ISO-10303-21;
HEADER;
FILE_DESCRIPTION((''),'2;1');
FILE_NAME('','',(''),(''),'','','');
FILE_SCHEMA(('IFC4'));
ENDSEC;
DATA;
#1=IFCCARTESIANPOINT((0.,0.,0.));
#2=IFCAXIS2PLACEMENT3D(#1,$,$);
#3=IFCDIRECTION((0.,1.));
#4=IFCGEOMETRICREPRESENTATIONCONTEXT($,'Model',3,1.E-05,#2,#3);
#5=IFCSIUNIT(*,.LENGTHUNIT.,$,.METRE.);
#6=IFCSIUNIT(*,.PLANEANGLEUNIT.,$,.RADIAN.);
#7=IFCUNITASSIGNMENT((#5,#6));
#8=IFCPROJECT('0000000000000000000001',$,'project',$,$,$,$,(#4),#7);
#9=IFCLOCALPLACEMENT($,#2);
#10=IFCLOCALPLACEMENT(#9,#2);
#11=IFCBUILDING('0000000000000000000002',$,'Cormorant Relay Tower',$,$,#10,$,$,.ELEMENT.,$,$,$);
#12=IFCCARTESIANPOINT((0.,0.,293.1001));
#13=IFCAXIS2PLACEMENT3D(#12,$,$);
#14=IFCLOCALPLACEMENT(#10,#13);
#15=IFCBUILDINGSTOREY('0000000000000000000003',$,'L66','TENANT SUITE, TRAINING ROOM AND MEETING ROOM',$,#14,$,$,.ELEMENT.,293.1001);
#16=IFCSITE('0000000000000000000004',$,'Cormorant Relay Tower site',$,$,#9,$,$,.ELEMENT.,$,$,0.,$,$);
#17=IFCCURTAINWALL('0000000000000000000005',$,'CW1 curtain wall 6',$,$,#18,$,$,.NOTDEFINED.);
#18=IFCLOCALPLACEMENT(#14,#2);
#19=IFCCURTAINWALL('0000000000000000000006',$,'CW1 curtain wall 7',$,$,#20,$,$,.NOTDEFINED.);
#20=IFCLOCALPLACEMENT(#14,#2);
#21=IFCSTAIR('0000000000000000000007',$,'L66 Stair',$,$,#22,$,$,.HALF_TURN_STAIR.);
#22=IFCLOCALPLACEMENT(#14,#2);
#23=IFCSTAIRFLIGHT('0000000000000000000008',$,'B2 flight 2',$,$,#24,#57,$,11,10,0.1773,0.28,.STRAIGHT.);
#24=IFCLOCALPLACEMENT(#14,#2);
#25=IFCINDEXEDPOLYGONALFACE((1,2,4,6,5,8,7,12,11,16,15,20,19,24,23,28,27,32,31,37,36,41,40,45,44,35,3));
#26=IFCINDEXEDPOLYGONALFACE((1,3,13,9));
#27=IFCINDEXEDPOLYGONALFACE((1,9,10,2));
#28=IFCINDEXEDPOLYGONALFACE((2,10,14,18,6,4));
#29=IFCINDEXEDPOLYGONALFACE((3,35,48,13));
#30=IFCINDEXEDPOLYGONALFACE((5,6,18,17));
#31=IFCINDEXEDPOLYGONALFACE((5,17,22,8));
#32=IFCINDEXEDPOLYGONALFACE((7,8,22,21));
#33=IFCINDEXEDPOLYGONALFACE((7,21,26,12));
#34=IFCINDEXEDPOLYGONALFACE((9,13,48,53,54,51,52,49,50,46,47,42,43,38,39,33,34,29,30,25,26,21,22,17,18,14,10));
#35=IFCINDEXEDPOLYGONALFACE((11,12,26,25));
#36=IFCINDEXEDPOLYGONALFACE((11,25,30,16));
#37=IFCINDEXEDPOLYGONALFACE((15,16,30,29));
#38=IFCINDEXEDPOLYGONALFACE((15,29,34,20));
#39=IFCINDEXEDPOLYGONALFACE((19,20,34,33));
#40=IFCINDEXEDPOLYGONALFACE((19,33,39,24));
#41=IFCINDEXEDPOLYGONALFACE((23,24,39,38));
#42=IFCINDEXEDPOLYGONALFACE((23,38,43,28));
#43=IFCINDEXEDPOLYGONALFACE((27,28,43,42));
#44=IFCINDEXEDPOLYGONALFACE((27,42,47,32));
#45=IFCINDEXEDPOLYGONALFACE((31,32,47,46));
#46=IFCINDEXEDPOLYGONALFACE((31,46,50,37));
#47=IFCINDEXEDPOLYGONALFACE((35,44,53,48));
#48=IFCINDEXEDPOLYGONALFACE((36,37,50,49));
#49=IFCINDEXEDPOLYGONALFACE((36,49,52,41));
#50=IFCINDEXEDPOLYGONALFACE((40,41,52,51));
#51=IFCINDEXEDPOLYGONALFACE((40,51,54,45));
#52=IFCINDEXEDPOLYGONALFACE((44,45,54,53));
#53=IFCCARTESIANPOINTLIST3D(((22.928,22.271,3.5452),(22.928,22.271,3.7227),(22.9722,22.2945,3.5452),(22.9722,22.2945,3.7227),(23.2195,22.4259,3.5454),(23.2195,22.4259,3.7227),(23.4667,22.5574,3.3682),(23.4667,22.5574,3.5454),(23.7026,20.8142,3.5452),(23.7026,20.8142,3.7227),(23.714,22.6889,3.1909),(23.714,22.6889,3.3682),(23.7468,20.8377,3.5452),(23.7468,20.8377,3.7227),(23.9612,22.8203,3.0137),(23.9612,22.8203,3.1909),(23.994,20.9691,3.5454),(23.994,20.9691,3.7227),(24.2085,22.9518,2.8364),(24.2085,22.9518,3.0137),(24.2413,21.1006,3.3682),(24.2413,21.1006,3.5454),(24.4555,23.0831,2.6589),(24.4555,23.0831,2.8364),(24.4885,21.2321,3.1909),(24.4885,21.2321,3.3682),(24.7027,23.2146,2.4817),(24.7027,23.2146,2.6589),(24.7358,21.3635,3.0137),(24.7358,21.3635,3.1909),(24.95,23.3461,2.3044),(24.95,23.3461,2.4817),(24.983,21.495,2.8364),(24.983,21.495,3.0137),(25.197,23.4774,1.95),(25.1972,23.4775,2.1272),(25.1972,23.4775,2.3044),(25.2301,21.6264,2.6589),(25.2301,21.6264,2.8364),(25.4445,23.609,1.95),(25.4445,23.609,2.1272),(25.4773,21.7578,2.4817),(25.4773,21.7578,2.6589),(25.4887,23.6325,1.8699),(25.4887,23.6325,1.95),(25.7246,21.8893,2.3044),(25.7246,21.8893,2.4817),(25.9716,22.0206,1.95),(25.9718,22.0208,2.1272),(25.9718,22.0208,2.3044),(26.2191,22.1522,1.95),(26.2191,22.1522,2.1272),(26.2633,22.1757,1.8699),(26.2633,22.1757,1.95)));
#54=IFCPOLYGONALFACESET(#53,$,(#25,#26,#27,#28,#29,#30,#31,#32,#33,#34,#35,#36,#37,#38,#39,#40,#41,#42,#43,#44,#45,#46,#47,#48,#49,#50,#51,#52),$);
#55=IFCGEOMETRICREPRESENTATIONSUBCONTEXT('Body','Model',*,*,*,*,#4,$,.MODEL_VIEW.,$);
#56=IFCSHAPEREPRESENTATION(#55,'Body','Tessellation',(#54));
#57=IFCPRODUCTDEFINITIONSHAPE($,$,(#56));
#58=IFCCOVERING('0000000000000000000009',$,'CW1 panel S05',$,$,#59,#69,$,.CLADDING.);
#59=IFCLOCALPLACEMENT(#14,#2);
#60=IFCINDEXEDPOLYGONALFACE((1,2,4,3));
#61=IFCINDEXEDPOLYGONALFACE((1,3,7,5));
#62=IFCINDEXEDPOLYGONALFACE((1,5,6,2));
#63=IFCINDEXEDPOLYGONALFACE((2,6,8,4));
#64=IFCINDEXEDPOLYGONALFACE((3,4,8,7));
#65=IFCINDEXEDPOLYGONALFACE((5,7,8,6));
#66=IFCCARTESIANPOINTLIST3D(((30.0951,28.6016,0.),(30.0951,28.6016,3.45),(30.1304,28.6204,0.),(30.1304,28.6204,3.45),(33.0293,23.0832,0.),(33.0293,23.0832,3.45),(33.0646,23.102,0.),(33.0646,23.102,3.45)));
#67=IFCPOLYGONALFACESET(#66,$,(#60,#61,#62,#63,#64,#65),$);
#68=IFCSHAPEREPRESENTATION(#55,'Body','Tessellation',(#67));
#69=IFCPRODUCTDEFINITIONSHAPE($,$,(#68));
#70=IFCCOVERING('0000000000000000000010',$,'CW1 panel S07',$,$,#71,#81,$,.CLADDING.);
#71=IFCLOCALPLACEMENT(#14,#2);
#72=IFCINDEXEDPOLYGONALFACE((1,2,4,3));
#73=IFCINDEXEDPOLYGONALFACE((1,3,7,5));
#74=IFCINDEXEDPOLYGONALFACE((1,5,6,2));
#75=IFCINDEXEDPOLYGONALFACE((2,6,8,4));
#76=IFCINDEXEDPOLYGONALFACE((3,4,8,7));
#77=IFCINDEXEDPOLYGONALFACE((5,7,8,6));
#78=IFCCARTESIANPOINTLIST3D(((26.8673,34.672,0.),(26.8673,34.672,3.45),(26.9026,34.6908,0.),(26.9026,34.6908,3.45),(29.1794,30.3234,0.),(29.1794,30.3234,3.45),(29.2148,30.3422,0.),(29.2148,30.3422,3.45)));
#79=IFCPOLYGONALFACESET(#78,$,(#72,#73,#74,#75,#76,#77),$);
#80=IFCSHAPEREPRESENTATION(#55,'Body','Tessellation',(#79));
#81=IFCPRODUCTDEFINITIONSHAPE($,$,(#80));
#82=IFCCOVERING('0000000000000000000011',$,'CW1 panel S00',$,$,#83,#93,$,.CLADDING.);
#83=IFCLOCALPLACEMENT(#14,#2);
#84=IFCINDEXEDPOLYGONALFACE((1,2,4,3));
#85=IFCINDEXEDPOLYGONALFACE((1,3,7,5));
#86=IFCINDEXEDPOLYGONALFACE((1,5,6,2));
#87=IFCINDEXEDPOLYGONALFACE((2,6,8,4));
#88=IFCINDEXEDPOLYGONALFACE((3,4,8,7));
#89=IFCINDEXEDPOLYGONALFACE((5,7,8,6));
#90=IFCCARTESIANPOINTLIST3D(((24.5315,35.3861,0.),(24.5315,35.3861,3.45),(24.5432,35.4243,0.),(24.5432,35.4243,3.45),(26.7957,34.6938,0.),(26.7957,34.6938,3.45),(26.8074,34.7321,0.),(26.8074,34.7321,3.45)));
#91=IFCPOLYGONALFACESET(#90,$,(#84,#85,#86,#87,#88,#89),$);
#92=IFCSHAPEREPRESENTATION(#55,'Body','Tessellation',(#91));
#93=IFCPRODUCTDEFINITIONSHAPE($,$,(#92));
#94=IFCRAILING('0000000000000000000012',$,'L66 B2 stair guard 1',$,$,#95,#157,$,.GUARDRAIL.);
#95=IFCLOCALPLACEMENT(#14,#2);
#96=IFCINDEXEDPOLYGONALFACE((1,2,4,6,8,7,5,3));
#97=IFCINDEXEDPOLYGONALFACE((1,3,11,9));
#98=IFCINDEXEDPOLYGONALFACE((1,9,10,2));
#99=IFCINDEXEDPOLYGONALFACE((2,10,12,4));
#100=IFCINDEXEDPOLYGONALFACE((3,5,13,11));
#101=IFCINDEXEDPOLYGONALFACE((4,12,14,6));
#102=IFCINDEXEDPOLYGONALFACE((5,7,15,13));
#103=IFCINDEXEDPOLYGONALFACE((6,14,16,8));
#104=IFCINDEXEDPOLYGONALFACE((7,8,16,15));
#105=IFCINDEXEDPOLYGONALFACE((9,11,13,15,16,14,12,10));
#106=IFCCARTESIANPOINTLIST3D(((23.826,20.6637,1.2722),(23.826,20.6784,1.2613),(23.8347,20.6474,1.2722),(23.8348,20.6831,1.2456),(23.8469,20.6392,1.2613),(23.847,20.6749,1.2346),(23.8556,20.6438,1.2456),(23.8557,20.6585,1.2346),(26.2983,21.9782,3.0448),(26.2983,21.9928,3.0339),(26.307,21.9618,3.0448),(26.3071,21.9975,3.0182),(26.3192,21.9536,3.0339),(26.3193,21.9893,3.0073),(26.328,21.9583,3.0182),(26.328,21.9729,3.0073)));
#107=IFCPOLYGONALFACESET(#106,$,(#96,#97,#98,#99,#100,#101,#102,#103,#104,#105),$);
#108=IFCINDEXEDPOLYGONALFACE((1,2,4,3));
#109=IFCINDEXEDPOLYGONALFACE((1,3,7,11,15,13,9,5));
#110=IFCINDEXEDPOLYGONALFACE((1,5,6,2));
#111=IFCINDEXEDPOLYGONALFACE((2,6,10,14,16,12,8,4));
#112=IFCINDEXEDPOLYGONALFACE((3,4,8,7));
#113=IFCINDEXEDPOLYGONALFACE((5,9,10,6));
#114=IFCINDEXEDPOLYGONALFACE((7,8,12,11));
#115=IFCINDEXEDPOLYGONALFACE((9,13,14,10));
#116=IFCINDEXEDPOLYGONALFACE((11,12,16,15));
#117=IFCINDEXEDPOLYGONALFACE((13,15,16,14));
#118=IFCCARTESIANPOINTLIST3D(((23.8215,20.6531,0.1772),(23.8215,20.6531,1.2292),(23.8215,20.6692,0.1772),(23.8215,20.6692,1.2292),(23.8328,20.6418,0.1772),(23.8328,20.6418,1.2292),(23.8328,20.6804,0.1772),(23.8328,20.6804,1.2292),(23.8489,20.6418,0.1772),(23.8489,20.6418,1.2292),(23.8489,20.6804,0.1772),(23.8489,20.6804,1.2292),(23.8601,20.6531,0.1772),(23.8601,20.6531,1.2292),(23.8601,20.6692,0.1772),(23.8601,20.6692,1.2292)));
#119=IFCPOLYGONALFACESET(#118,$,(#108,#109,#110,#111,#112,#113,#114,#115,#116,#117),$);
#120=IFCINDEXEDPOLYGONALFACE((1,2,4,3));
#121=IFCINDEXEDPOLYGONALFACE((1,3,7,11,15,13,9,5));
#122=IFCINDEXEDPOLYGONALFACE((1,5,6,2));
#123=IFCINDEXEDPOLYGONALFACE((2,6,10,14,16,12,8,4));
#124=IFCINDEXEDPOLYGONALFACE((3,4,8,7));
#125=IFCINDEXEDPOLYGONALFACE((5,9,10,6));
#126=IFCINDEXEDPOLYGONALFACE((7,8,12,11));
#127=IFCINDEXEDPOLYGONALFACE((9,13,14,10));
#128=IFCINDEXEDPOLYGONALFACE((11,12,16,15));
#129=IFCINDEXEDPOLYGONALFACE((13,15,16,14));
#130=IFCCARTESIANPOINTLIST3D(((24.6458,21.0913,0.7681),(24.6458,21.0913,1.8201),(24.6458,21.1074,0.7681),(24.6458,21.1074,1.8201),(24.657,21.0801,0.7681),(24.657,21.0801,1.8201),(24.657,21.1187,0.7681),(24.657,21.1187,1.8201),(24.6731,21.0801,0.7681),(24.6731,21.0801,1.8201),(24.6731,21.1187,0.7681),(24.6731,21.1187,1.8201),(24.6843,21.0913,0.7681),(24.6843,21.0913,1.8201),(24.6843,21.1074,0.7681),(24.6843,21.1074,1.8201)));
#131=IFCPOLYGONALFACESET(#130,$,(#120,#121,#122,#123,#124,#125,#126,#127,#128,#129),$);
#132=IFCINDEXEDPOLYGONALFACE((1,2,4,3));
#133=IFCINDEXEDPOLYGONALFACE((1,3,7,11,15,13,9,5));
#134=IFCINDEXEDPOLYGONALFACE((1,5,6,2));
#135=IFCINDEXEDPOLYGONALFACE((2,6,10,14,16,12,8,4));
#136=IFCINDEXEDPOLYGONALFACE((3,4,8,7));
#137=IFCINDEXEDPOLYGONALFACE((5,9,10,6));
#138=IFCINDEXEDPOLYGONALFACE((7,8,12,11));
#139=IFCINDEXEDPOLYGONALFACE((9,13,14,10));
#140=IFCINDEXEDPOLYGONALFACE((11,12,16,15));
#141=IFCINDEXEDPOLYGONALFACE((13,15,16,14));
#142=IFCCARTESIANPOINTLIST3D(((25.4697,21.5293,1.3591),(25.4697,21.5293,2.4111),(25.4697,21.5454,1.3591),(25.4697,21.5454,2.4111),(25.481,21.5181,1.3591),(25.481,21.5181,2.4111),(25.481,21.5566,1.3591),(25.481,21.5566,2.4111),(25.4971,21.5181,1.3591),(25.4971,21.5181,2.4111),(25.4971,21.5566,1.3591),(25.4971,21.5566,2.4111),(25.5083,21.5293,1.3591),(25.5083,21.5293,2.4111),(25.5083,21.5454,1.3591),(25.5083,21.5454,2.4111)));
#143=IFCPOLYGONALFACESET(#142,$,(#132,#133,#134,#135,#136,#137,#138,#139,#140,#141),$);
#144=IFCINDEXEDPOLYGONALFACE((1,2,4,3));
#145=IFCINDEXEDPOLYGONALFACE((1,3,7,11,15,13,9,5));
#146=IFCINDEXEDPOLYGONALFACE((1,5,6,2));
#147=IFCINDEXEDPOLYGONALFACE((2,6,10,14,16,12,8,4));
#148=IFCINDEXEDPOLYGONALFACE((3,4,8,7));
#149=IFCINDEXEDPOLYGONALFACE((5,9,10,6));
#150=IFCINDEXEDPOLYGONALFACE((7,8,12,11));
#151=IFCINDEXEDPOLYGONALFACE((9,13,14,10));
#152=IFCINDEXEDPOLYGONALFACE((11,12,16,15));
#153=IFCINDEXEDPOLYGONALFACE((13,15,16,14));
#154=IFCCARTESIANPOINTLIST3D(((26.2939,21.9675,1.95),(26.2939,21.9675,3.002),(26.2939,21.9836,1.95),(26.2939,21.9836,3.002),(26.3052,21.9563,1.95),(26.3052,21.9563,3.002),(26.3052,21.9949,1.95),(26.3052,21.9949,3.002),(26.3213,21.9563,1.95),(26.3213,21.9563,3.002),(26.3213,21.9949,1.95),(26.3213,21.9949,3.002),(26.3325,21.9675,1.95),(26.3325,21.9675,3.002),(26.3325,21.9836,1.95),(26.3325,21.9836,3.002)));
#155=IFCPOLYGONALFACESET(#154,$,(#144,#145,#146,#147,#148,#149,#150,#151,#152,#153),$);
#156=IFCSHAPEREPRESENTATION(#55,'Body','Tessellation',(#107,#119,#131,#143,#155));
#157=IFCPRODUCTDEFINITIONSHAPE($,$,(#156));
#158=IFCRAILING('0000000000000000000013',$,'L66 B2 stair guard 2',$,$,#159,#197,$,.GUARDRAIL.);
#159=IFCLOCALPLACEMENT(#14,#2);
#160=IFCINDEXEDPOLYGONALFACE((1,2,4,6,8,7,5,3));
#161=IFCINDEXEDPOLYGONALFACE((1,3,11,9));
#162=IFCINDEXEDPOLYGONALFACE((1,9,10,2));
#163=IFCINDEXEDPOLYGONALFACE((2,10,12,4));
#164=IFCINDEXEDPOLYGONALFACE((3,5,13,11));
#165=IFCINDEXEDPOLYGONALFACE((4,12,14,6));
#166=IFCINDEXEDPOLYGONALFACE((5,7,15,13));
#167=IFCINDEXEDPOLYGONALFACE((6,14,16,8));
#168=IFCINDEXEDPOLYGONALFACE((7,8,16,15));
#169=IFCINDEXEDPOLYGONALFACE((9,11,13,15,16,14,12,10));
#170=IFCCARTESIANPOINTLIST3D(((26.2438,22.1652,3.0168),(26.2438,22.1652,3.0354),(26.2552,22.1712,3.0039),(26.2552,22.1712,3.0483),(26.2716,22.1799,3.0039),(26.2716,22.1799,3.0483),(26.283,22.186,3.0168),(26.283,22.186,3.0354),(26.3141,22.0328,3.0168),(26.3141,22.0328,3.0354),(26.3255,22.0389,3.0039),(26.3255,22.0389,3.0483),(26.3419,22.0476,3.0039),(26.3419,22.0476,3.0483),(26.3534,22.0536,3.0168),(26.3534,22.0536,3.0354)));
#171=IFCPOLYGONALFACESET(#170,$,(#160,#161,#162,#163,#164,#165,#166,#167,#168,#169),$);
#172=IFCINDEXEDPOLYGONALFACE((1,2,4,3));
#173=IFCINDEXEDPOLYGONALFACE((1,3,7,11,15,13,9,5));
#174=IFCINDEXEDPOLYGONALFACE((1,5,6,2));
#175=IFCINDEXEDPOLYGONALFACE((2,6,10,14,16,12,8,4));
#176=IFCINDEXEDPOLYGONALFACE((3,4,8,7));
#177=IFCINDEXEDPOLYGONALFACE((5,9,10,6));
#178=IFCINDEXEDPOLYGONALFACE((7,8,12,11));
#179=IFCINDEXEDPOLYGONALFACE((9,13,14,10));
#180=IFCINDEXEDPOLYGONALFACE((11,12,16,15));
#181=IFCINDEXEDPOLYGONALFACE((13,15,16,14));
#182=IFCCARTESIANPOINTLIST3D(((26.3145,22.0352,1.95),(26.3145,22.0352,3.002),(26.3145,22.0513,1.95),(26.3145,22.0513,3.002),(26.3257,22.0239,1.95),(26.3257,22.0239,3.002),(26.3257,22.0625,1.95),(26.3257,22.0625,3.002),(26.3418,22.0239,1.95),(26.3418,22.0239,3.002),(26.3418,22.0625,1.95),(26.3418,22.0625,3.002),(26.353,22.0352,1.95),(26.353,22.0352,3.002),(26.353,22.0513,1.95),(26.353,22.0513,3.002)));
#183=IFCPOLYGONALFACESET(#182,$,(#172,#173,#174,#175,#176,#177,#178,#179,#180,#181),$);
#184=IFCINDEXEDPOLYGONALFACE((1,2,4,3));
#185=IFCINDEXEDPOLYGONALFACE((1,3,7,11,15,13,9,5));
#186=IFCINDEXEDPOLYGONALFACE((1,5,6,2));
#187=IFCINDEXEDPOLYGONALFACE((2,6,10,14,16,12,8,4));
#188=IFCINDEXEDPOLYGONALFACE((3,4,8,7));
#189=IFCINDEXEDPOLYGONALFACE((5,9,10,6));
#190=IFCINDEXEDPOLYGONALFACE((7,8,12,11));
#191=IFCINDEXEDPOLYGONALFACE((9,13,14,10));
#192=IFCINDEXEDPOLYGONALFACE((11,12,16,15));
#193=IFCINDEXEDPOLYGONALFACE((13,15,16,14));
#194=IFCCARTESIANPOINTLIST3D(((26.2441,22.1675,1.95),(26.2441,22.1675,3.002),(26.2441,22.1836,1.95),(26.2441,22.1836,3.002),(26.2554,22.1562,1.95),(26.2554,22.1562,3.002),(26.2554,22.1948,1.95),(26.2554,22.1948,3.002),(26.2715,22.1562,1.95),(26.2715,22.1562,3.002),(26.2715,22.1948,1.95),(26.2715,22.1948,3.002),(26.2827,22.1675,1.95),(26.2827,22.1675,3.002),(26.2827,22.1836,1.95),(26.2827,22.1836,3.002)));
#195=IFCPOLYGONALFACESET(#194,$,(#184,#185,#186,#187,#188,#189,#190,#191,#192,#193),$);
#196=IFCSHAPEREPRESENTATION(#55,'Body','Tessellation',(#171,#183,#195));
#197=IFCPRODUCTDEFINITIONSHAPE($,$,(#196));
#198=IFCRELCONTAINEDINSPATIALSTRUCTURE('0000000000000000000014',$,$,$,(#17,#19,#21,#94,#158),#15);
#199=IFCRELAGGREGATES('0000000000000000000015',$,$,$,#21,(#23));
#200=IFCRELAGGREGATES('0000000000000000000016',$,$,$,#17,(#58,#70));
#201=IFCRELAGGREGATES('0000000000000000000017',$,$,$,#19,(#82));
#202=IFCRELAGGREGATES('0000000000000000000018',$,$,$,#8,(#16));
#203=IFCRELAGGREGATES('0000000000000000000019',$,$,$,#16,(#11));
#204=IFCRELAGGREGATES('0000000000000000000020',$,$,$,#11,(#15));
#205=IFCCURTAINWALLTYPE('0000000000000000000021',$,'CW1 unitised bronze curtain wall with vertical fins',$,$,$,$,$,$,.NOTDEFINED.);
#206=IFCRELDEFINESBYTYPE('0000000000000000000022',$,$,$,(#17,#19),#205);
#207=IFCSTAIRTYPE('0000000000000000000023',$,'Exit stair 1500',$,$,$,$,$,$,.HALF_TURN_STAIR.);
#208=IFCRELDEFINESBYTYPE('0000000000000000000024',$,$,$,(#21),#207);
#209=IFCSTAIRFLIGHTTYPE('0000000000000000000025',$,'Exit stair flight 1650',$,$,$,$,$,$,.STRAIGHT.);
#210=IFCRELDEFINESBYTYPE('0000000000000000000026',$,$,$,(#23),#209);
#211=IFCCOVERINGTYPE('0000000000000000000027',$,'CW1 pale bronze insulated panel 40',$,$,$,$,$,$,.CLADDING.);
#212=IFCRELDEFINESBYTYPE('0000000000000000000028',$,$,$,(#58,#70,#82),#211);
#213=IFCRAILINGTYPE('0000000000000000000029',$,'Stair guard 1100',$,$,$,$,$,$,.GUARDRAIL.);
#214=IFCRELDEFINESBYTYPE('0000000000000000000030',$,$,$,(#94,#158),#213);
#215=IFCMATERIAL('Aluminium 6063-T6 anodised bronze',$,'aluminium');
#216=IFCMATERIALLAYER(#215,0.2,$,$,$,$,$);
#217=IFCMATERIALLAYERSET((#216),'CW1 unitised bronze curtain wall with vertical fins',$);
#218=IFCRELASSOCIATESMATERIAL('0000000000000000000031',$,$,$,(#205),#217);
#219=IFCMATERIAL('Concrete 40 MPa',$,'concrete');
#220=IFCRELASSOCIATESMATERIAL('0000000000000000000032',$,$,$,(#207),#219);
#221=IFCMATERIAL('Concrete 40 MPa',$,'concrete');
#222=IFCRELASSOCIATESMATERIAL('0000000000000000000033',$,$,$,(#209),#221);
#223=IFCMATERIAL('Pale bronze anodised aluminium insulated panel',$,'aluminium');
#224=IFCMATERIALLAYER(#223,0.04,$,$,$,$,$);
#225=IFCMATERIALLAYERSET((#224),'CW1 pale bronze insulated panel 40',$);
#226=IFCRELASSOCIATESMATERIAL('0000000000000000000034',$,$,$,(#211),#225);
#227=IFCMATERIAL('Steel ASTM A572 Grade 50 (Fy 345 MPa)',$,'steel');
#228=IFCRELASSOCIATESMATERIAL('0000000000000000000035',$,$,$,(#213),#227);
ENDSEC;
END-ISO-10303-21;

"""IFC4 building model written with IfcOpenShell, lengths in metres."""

from ifc_helpers import new_model, si_unit, direction, frame, origin, origin_2d, place, context, subcontext, project, spatial, polyline, rectangle, outline, extrude, material, layer, layer_set, type_object, element, aggregate, save


model = new_model("IFC4")

# Units and contexts
model_context = context("Model", 3, precision=1e-05, world=origin(), true_north=direction((0.0, 1.0)))
body_context = subcontext(model_context, "Body", "Model", "MODEL_VIEW")
ifc_project = project(units=[si_unit("LENGTHUNIT", "METRE"), si_unit("PLANEANGLEUNIT", "RADIAN")], contexts=[model_context])

# Site, building, storey
site_placement = place(None, origin())
site = spatial("IfcSite", under=ifc_project, at=site_placement, Name="Cormorant Relay Tower site", CompositionType="ELEMENT", RefElevation=0.0)
building_placement = place(site_placement, origin())
building = spatial("IfcBuilding", under=site, at=building_placement, Name="Cormorant Relay Tower", CompositionType="ELEMENT")
storey_placement = place(building_placement, frame((0.0, 0.0, 293.1001)))
storey = spatial("IfcBuildingStorey", under=building, at=storey_placement, Name="L66", Description="TENANT SUITE, TRAINING ROOM AND MEETING ROOM", CompositionType="ELEMENT", Elevation=293.1001)

# Curtain walls
ifc_material_1 = material(Name="Aluminium 6063-T6 anodised bronze", Category="aluminium")
ifc_layer_1 = layer(ifc_material_1, 0.2)
ifc_layer_set_1 = layer_set([ifc_layer_1], Name="CW1 unitised bronze curtain wall with vertical fins")
curtain_wall_type = type_object("IfcCurtainWallType", Name="CW1 unitised bronze curtain wall with vertical fins", PredefinedType="NOTDEFINED", material=ifc_layer_set_1)
curtain_wall_1_placement = place(storey_placement, origin())
curtain_wall_1 = element("IfcCurtainWall", 1, at=curtain_wall_1_placement, inside=storey, type_object=curtain_wall_type, Name="CW1 curtain wall 6", PredefinedType="NOTDEFINED")
curtain_wall_2_placement = place(storey_placement, origin())
curtain_wall_2 = element("IfcCurtainWall", 2, at=curtain_wall_2_placement, inside=storey, type_object=curtain_wall_type, Name="CW1 curtain wall 7", PredefinedType="NOTDEFINED")

# Stair, stair flight
ifc_material_2 = material(Name="Concrete 40 MPa", Category="concrete")
stair_type = type_object("IfcStairType", Name="Exit stair 1500", PredefinedType="HALF_TURN_STAIR", material=ifc_material_2)
stair_placement = place(storey_placement, origin())
stair = element("IfcStair", 3, at=stair_placement, inside=storey, type_object=stair_type, Name="L66 Stair", PredefinedType="HALF_TURN_STAIR")
ifc_material_3 = material(Name="Concrete 40 MPa", Category="concrete")
stair_flight_type = type_object("IfcStairFlightType", Name="Exit stair flight 1650", PredefinedType="STRAIGHT", material=ifc_material_3)
stair_flight_1_placement = place(storey_placement, frame((25.8318, 22.8806, 1.95), z_axis=(0.0, 0.0, 1.0), x_axis=(-0.882948, -0.469472, 0.0)))
stair_flight_1 = element("IfcStairFlight", 4, at=stair_flight_1_placement, type_object=stair_flight_type, Name="B2 flight 2", NumberOfRisers=11, NumberOfTreads=10, PredefinedType="STRAIGHT", RiserHeight=0.1773, TreadLength=0.28, context=body_context, shape_type="SweptSolid", body=[
    extrude(outline(polyline([(-0.05, -0.0801), (-0.05, 0.0), (0.0, 0.0), (0.0, 0.1772), (0.28, 0.1772), (0.28, 0.3545), (0.5601, 0.3545), (0.5601, 0.5317), (0.8401, 0.5317), (0.8401, 0.709), (1.1201, 0.709), (1.1201, 0.8865), (1.3999, 0.8865), (1.3999, 1.0637), (1.6799, 1.0637), (1.6799, 1.241), (1.96, 1.241), (1.96, 1.4182), (2.24, 1.4182), (2.24, 1.5955), (2.52, 1.5955), (2.52, 1.7727), (2.8, 1.7727), (2.8501, 1.7727), (2.8501, 1.5952), (2.8, 1.5952), (0.2803, 0.0), (-0.05, -0.0801)])), frame((0.0, 0.825, 0.0), z_axis=(0.0, -1.0, 0.0), x_axis=(1.0, 0.0, 0.0)), (0.0, 0.0, 1.0), 1.6499),
])
aggregate(stair, [stair_flight_1])

# Coverings
ifc_material_4 = material(Name="Pale bronze anodised aluminium insulated panel", Category="aluminium")
ifc_layer_2 = layer(ifc_material_4, 0.04)
ifc_layer_set_2 = layer_set([ifc_layer_2], Name="CW1 pale bronze insulated panel 40")
covering_type = type_object("IfcCoveringType", Name="CW1 pale bronze insulated panel 40", PredefinedType="CLADDING", material=ifc_layer_set_2)
covering_1_placement = place(storey_placement, frame((31.5798, 25.8518, 0.0), z_axis=(0.0, 0.0, 1.0), x_axis=(-0.469472, 0.882948, 0.0)))
covering_1 = element("IfcCovering", 5, at=covering_1_placement, type_object=covering_type, Name="CW1 panel S05", PredefinedType="CLADDING", context=body_context, shape_type="SweptSolid", body=[
    extrude(rectangle(XDim=6.25, YDim=0.04, at=origin_2d()), origin(), (0.0, 0.0, 1.0), 3.45),
])
covering_2_placement = place(storey_placement, frame((28.041, 32.5071, 0.0), z_axis=(0.0, 0.0, 1.0), x_axis=(-0.469472, 0.882948, 0.0)))
covering_2 = element("IfcCovering", 6, at=covering_2_placement, type_object=covering_type, Name="CW1 panel S07", PredefinedType="CLADDING", context=body_context, shape_type="SweptSolid", body=[
    extrude(rectangle(XDim=4.925, YDim=0.04, at=origin_2d()), origin(), (0.0, 0.0, 1.0), 3.45),
])
aggregate(curtain_wall_1, [covering_1, covering_2])
covering_3_placement = place(storey_placement, frame((25.6694, 35.0591, 0.0), z_axis=(0.0, 0.0, 1.0), x_axis=(-0.956305, 0.292372, 0.0)))
covering_3 = element("IfcCovering", 7, at=covering_3_placement, type_object=covering_type, Name="CW1 panel S00", PredefinedType="CLADDING", context=body_context, shape_type="SweptSolid", body=[
    extrude(rectangle(XDim=2.3677, YDim=0.04, at=origin_2d()), origin(), (0.0, 0.0, 1.0), 3.45),
])
aggregate(curtain_wall_2, [covering_3])

# Railings
ifc_material_5 = material(Name="Steel ASTM A572 Grade 50 (Fy 345 MPa)", Category="steel")
railing_type_1 = type_object("IfcRailingType", Name="Stair guard 1100", PredefinedType="GUARDRAIL", material=ifc_material_5)
railing_1_placement = place(storey_placement, frame((23.8408, 20.6611, 0.1772)))
element("IfcRailing", 8, at=railing_1_placement, inside=storey, type_object=railing_type_1, Name="L66 B2 stair guard 1", PredefinedType="GUARDRAIL", context=body_context, shape_type="SweptSolid", body=[
    extrude(outline(polyline([(0.0222, 0.0093), (0.0093, 0.0222), (-0.0093, 0.0222), (-0.0222, 0.0093), (-0.0222, -0.0093), (-0.0093, -0.0222), (0.0093, -0.0222), (0.0222, -0.0093), (0.0222, 0.0093)])), frame((0.0, 0.0, 1.0762), z_axis=(0.746034, 0.396627, 0.534902), x_axis=(-0.469429, 0.88297, 0.0)), (0.0, 0.0, 1.0), 3.314),
    extrude(outline(polyline([(0.0193, 0.0081), (0.0081, 0.0193), (-0.0081, 0.0193), (-0.0193, 0.0081), (-0.0193, -0.0081), (-0.0081, -0.0193), (0.0081, -0.0193), (0.0193, -0.0081), (0.0193, 0.0081)])), origin(), (0.0, 0.0, 1.0), 1.052),
    extrude(outline(polyline([(0.0193, 0.0081), (0.0081, 0.0193), (-0.0081, 0.0193), (-0.0193, 0.0081), (-0.0193, -0.0081), (-0.0081, -0.0193), (0.0081, -0.0193), (0.0193, -0.0081), (0.0193, 0.0081)])), frame((0.8242, 0.4382, 0.5908)), (0.0, 0.0, 1.0), 1.052),
    extrude(outline(polyline([(0.0193, 0.0081), (0.0081, 0.0193), (-0.0081, 0.0193), (-0.0193, 0.0081), (-0.0193, -0.0081), (-0.0081, -0.0193), (0.0081, -0.0193), (0.0193, -0.0081), (0.0193, 0.0081)])), frame((1.6482, 0.8762, 1.1819)), (0.0, 0.0, 1.0), 1.052),
    extrude(outline(polyline([(0.0193, 0.0081), (0.0081, 0.0193), (-0.0081, 0.0193), (-0.0193, 0.0081), (-0.0193, -0.0081), (-0.0081, -0.0193), (0.0081, -0.0193), (0.0193, -0.0081), (0.0193, 0.0081)])), frame((2.4724, 1.3145, 1.7727)), (0.0, 0.0, 1.0), 1.052),
])
railing_2_placement = place(storey_placement, frame((26.3337, 22.0432, 1.95)))
element("IfcRailing", 9, at=railing_2_placement, inside=storey, type_object=railing_type_1, Name="L66 B2 stair guard 2", PredefinedType="GUARDRAIL", context=body_context, shape_type="SweptSolid", body=[
    extrude(outline(polyline([(0.0222, 0.0093), (0.0093, 0.0222), (-0.0093, 0.0222), (-0.0222, 0.0093), (-0.0222, -0.0093), (-0.0093, -0.0222), (0.0093, -0.0222), (0.0222, -0.0093), (0.0222, 0.0093)])), frame((0.0, 0.0, 1.0762), z_axis=(-0.469235, 0.883074, 0.0), x_axis=(-0.883074, -0.469235, 0.0)), (0.0, 0.0, 1.0), 0.1499),
    extrude(outline(polyline([(0.0193, 0.0081), (0.0081, 0.0193), (-0.0081, 0.0193), (-0.0193, 0.0081), (-0.0193, -0.0081), (-0.0081, -0.0193), (0.0081, -0.0193), (0.0193, -0.0081), (0.0193, 0.0081)])), origin(), (0.0, 0.0, 1.0), 1.052),
    extrude(outline(polyline([(0.0193, 0.0081), (0.0081, 0.0193), (-0.0081, 0.0193), (-0.0193, 0.0081), (-0.0193, -0.0081), (-0.0081, -0.0193), (0.0081, -0.0193), (0.0193, -0.0081), (0.0193, 0.0081)])), frame((-0.0703, 0.1323, 0.0)), (0.0, 0.0, 1.0), 1.052),
])

save(model, "model.ifc")
